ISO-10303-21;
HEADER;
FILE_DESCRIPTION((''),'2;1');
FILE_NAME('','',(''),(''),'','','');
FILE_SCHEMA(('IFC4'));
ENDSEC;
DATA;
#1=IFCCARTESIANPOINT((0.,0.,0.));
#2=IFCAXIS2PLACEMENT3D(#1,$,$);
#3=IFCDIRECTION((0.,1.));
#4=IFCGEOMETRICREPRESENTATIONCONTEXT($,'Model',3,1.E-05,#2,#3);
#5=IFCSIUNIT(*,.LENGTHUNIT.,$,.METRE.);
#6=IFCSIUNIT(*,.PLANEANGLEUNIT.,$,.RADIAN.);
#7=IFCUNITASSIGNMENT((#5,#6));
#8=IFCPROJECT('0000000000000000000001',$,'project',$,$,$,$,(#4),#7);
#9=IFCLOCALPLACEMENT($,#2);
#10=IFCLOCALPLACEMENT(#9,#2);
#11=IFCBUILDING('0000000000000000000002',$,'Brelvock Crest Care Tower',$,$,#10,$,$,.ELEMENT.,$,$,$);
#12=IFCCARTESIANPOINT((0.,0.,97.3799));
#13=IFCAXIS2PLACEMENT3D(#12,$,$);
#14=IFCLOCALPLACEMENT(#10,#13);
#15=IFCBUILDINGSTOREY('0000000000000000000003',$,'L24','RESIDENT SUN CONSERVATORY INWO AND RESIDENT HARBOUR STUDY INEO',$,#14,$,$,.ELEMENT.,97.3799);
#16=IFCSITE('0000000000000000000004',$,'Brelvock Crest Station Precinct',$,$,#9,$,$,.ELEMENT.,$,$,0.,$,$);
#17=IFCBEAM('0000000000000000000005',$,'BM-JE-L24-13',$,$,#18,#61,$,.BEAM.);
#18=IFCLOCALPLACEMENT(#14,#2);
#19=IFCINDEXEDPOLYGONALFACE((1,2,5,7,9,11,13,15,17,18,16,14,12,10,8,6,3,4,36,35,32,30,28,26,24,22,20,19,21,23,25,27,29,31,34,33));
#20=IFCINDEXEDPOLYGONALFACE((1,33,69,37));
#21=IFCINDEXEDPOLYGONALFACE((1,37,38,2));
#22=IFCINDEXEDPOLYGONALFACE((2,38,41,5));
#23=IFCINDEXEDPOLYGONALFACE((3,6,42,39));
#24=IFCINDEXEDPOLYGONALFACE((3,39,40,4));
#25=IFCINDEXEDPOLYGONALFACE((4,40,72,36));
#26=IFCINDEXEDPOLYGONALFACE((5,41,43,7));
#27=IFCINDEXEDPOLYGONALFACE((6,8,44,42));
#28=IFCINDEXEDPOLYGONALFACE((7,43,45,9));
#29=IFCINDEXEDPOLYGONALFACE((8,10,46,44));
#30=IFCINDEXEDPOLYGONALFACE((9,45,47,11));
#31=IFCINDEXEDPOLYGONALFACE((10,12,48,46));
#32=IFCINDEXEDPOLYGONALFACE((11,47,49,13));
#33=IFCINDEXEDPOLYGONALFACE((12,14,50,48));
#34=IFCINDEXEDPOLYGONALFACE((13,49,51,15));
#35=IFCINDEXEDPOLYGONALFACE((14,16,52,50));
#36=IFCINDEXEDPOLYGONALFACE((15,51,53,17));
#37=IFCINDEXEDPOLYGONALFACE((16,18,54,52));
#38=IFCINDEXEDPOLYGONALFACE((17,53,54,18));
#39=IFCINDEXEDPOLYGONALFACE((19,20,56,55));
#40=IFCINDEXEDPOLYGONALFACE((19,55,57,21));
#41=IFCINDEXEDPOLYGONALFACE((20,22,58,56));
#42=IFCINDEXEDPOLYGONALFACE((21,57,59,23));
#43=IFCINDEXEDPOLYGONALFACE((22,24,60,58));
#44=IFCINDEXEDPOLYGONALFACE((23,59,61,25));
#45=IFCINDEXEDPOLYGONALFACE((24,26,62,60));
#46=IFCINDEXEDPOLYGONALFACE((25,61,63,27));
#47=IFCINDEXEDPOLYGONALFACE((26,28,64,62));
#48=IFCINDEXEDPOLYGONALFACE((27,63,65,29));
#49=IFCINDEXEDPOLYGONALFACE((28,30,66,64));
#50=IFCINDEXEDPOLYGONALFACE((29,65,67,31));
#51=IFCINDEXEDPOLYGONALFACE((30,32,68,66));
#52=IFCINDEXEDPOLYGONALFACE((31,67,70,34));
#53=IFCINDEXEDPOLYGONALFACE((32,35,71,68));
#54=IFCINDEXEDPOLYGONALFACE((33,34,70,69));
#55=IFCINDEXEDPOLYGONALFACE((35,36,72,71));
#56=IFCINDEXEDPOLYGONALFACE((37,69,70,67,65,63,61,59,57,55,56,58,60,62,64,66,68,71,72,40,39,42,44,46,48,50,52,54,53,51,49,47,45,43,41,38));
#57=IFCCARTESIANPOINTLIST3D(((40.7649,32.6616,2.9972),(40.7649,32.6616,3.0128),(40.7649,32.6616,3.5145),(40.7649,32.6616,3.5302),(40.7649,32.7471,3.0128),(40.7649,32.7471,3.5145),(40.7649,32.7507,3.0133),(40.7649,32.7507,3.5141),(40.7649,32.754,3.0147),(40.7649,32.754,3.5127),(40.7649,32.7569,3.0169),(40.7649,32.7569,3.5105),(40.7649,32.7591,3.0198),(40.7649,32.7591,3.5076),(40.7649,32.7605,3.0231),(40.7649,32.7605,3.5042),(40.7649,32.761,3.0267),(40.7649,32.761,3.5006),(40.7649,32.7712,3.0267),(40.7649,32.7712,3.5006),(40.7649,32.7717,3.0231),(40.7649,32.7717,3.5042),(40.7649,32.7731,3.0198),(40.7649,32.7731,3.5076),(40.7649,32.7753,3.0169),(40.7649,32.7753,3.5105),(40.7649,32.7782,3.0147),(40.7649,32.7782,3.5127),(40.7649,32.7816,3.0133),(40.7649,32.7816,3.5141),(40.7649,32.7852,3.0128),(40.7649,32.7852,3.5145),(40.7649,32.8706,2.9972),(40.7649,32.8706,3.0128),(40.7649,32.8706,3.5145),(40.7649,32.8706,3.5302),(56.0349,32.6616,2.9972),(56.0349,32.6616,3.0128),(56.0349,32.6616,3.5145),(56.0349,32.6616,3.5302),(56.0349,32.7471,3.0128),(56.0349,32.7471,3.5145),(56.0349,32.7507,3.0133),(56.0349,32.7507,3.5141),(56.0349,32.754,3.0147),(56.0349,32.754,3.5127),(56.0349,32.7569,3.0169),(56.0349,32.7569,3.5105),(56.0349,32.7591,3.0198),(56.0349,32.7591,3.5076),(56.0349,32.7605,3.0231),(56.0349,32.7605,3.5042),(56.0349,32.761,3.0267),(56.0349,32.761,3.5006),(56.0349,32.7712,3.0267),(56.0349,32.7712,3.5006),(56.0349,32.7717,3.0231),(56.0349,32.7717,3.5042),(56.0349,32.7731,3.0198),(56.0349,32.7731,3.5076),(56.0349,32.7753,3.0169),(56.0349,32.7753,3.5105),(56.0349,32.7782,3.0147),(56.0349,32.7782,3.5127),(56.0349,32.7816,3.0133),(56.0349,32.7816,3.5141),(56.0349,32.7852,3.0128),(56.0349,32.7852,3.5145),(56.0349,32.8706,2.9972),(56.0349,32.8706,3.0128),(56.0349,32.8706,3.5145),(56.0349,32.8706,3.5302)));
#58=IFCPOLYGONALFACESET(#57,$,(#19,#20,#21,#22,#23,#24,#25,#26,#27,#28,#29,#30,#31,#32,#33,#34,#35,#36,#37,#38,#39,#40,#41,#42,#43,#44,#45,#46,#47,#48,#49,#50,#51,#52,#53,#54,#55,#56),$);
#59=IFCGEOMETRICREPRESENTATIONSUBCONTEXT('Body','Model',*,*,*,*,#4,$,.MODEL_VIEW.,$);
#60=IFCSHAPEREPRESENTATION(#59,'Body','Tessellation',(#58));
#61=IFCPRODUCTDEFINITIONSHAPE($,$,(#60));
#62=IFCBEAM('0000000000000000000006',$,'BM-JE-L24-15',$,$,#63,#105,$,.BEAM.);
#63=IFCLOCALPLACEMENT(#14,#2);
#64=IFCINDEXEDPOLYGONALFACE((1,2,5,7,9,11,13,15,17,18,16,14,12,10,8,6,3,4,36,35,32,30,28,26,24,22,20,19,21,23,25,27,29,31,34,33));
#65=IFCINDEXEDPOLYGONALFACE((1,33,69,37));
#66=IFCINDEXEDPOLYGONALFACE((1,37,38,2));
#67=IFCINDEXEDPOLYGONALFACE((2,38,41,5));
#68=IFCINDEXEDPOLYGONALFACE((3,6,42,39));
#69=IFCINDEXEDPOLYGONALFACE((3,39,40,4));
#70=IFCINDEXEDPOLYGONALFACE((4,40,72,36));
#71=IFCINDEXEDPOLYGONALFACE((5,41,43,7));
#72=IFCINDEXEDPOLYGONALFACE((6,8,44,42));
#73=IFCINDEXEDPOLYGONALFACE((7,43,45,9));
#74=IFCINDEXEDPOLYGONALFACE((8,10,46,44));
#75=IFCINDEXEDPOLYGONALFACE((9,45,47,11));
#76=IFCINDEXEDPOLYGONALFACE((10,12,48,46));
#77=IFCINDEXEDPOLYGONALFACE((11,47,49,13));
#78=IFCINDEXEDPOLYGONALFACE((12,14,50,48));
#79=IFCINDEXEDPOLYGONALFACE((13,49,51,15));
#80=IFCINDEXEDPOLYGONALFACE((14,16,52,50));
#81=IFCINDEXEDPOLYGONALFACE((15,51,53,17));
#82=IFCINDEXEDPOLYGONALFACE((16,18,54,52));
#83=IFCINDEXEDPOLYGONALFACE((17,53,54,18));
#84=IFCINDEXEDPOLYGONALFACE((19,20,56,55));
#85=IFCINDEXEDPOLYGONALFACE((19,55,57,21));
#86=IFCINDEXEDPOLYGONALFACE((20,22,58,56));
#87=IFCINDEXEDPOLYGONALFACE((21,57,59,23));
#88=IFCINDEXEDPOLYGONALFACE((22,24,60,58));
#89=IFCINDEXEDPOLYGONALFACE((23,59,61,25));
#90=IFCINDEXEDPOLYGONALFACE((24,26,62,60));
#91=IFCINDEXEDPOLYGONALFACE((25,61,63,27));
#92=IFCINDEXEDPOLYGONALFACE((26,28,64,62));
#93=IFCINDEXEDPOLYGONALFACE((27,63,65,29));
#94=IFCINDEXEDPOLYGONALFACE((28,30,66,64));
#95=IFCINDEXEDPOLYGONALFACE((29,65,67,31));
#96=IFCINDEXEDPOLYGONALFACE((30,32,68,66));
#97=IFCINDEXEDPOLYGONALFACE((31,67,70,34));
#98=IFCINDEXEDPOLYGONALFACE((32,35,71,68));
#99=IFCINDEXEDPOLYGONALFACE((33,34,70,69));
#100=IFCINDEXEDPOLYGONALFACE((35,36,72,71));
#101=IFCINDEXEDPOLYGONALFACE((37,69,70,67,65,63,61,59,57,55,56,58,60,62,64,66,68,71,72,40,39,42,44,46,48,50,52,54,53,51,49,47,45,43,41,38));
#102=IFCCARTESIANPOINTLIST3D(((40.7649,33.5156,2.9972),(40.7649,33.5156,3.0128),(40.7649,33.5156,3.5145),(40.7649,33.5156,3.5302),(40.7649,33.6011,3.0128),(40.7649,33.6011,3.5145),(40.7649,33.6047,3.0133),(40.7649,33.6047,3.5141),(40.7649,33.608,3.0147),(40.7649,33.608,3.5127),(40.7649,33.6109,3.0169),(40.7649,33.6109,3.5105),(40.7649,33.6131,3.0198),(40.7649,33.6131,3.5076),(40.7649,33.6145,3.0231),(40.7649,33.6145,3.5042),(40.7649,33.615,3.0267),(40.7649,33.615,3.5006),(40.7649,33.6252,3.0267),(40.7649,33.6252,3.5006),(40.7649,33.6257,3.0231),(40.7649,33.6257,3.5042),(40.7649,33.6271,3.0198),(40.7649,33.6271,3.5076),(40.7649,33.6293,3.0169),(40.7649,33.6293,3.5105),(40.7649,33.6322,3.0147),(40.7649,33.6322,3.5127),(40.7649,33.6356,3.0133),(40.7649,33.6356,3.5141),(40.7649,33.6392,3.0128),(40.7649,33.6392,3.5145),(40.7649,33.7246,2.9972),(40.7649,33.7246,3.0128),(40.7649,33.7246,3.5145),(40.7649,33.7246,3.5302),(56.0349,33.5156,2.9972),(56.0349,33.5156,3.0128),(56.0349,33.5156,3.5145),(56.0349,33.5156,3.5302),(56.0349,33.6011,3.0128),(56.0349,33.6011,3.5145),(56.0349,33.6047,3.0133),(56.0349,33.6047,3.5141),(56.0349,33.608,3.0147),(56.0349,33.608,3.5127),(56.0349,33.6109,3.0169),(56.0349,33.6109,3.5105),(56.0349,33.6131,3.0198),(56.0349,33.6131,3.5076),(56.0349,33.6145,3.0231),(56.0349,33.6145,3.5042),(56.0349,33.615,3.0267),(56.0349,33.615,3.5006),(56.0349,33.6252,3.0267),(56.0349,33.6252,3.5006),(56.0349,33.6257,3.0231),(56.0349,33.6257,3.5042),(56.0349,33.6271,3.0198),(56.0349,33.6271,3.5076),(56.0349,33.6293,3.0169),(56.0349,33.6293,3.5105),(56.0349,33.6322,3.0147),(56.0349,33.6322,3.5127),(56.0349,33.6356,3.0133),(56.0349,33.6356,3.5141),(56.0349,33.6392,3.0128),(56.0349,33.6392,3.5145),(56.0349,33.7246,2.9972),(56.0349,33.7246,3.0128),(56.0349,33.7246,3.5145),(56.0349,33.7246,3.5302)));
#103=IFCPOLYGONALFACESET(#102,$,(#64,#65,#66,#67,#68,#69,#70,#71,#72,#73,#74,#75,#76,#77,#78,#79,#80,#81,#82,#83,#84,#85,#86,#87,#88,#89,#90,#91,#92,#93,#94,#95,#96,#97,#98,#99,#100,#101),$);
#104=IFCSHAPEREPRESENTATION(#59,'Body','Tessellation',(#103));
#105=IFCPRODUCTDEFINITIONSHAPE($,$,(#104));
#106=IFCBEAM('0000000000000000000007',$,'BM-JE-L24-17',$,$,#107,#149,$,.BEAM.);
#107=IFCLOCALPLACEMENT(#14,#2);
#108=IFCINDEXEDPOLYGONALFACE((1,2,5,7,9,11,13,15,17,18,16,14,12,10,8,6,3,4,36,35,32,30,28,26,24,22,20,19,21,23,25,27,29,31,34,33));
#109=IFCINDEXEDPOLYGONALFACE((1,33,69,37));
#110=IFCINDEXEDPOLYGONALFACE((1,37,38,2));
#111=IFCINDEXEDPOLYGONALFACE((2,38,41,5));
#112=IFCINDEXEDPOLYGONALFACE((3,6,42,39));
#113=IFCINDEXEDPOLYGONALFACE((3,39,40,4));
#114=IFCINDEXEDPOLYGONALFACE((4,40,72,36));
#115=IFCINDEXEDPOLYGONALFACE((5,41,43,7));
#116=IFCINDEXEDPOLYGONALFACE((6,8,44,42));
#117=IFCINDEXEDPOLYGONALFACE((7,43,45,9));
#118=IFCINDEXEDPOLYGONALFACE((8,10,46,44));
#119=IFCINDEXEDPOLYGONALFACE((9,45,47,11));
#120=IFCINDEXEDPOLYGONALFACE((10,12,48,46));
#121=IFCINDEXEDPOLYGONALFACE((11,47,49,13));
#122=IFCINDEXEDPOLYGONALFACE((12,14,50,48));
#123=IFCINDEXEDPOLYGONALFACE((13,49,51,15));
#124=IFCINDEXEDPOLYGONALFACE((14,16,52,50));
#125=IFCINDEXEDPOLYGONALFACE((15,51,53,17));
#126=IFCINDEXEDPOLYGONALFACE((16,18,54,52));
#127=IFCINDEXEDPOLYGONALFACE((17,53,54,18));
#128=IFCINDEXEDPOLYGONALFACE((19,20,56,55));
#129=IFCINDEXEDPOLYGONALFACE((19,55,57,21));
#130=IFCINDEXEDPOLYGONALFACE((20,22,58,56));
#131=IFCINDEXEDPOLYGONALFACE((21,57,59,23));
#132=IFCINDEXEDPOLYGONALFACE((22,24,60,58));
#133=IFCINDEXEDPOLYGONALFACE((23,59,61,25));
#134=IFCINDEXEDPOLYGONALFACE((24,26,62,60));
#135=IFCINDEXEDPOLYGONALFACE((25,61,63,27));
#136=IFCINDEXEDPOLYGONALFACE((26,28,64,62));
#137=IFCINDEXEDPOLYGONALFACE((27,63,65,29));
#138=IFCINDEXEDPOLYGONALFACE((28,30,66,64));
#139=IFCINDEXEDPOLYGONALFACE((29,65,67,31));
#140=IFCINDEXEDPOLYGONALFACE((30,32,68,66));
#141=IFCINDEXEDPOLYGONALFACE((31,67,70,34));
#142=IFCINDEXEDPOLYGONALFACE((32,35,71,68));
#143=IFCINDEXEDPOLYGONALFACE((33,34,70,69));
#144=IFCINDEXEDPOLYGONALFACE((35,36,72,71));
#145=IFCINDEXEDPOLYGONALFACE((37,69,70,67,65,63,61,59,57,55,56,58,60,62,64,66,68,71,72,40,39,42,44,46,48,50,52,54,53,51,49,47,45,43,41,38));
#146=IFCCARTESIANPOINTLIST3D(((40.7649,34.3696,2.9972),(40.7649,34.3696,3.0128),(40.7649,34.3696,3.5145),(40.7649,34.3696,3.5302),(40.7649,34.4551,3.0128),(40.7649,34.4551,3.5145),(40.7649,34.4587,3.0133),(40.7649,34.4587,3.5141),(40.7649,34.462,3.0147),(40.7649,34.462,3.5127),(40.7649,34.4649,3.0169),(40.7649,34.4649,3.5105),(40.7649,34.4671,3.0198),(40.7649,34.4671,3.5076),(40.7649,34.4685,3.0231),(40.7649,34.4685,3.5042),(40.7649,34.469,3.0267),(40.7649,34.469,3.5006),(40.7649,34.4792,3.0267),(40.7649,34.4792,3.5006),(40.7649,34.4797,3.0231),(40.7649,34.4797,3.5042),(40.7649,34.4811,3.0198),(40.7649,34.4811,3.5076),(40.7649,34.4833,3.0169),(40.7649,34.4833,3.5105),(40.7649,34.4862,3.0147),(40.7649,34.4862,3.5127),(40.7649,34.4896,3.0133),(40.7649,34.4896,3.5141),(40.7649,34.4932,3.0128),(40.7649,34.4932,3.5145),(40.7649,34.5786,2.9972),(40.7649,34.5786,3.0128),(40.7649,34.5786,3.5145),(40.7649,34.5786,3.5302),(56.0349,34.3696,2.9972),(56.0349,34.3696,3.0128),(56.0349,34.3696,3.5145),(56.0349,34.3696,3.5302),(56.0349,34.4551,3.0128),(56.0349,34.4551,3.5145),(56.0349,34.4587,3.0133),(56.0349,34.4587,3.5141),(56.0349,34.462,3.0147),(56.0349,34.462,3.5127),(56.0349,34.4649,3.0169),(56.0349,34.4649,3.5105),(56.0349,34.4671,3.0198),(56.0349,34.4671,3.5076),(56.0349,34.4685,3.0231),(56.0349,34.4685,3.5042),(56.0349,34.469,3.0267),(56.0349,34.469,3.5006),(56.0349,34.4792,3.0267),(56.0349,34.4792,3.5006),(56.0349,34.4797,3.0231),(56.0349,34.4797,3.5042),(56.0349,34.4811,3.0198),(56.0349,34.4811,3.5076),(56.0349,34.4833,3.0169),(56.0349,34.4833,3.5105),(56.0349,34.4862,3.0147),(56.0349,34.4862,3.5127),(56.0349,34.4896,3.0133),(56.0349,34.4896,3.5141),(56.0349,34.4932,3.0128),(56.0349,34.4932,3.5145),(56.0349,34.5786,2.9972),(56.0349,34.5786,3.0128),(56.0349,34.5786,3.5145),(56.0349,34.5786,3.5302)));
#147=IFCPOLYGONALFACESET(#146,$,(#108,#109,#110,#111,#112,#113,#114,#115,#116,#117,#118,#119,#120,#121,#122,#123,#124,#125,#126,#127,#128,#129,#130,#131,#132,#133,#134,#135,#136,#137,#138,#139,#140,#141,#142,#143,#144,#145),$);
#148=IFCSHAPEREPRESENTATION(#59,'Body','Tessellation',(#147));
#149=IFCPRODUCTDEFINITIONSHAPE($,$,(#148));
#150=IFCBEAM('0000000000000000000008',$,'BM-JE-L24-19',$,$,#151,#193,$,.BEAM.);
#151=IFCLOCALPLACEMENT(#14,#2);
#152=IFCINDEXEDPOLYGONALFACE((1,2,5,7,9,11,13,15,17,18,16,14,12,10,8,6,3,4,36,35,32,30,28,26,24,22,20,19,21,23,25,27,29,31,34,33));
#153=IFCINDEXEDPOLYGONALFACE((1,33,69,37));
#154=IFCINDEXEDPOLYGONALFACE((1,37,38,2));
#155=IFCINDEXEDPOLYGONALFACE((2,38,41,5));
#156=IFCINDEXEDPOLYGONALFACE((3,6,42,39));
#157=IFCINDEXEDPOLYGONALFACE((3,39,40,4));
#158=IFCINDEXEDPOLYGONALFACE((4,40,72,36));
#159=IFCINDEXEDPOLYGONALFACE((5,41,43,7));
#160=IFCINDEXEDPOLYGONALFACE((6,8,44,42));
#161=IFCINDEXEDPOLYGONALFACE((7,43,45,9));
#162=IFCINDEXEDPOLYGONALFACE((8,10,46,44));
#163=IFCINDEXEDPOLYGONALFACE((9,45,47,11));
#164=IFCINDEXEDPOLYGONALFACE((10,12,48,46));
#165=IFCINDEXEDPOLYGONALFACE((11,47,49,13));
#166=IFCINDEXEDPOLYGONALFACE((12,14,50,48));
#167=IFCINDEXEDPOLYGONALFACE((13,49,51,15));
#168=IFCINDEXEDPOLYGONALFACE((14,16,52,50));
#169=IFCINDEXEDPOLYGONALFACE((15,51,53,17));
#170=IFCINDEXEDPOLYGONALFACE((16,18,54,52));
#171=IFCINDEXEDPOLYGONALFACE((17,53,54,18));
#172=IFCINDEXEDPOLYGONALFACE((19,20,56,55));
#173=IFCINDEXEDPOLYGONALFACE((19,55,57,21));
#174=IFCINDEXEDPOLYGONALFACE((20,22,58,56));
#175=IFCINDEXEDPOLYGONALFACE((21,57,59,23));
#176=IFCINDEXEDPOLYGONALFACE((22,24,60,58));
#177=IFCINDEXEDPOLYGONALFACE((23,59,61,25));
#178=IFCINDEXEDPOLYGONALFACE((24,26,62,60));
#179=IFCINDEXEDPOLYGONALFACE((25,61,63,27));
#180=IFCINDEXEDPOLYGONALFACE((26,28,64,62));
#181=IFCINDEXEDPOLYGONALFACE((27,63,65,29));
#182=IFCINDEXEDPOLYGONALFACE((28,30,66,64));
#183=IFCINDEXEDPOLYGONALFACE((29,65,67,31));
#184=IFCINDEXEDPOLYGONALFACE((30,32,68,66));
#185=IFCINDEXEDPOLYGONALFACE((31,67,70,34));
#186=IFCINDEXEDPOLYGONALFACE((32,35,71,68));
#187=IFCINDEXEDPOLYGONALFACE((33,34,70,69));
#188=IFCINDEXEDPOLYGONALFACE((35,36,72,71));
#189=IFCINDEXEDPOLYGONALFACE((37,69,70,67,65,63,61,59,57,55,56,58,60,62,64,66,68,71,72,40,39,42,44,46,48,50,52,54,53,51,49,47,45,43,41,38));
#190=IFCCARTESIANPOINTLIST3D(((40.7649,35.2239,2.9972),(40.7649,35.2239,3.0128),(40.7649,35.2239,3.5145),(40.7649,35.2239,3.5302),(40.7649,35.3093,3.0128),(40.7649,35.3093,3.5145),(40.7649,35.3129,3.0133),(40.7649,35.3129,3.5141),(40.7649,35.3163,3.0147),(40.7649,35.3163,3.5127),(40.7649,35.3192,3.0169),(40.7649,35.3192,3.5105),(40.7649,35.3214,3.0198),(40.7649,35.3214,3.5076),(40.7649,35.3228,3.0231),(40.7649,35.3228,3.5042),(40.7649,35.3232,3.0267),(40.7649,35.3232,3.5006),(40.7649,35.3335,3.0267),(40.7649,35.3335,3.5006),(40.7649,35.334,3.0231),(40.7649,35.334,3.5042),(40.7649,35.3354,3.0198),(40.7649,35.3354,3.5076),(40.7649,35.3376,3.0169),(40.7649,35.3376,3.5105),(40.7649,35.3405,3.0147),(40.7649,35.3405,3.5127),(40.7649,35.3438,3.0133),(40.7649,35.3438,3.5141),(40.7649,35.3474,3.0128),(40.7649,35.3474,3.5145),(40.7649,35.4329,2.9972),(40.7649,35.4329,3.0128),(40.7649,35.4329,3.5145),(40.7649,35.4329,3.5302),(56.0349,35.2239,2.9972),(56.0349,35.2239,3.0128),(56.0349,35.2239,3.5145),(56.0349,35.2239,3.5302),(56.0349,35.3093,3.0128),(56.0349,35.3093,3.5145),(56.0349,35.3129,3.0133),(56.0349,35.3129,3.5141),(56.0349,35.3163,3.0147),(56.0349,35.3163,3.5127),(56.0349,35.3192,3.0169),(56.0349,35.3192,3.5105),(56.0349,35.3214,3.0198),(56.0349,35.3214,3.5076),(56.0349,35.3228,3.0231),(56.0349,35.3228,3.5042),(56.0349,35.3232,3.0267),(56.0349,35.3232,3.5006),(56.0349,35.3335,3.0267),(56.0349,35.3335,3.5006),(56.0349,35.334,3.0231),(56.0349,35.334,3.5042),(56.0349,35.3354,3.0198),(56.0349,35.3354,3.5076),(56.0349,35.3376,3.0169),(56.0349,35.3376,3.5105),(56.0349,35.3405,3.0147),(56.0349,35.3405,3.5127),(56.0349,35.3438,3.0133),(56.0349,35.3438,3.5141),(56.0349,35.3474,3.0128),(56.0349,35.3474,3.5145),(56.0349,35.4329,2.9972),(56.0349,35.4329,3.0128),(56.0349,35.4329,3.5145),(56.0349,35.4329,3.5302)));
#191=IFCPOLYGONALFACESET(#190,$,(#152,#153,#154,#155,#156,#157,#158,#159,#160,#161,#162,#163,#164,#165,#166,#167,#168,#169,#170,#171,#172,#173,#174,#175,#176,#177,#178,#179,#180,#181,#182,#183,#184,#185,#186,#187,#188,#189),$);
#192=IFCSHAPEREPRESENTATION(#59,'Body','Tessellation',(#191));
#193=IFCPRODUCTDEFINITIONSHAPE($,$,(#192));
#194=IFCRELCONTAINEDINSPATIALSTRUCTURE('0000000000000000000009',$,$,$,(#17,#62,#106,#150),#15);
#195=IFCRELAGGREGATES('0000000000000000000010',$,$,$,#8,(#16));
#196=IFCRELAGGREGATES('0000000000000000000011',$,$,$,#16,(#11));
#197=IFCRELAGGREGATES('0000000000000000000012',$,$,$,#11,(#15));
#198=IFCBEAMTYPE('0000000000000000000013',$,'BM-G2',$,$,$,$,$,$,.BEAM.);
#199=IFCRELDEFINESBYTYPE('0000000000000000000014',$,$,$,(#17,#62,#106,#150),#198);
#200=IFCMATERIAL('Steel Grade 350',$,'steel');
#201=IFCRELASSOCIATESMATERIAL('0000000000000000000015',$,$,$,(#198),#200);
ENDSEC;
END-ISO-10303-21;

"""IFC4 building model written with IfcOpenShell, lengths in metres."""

from ifc_helpers import new_model, si_unit, direction, frame, origin, origin_2d, place, context, subcontext, project, spatial, i_section, extrude, source, transform, mapped, material, material_profile, profile_set, type_object, element, save


model = new_model("IFC4")

# Units and contexts
model_context = context("Model", 3, precision=1e-05, world=origin(), true_north=direction((0.0, 1.0)))
body_context = subcontext(model_context, "Body", "Model", "MODEL_VIEW")
ifc_project = project(units=[si_unit("LENGTHUNIT", "METRE"), si_unit("PLANEANGLEUNIT", "RADIAN")], contexts=[model_context])

# Site, building, storey
site_placement = place(None, origin())
site = spatial("IfcSite", under=ifc_project, at=site_placement, Name="Brelvock Crest Station Precinct", CompositionType="ELEMENT", RefElevation=0.0)
building_placement = place(site_placement, origin())
building = spatial("IfcBuilding", under=site, at=building_placement, Name="Brelvock Crest Care Tower", CompositionType="ELEMENT")
storey_placement = place(building_placement, frame((0.0, 0.0, 97.3799)))
storey = spatial("IfcBuildingStorey", under=building, at=storey_placement, Name="L24", Description="RESIDENT SUN CONSERVATORY INWO AND RESIDENT HARBOUR STUDY INEO", CompositionType="ELEMENT", Elevation=97.3799)

# Beams
ifc_material_1 = material(Name="Steel Grade 350", Category="steel")
ifc_material_profile_1 = material_profile(ifc_material_1, i_section(OverallWidth=0.209, OverallDepth=0.533, WebThickness=0.0103, FlangeThickness=0.0156, FilletRadius=0.0139, at=origin_2d()), Name="530UB92.4")
ifc_profile_set_1 = profile_set([ifc_material_profile_1], Name="Steel Grade 350")
beam_type_1 = type_object("IfcBeamType", Name="BM-G2", PredefinedType="BEAM", material=ifc_profile_set_1)
shared_shape_1 = source(origin(), body_context, "Body", "SweptSolid", [
    extrude(i_section(OverallWidth=0.209, OverallDepth=0.533, WebThickness=0.0103, FlangeThickness=0.0156, FilletRadius=0.0139, at=origin_2d()), origin(), (0.0, 0.0, 1.0), 15.27),
])
for number, where, z_axis, x_axis, name in (
    (1, (40.7649, 32.7661, 3.2637), (1.0, 0.0, 0.0), (0.0, 1.0, 0.0), "BM-JE-L24-13"),
    (2, (40.7649, 33.6201, 3.2637), (1.0, 0.0, 0.0), (0.0, 1.0, 0.0), "BM-JE-L24-15"),
    (3, (40.7649, 34.4741, 3.2637), (1.0, 0.0, 0.0), (0.0, 1.0, 0.0), "BM-JE-L24-17"),
    (4, (40.7649, 35.3284, 3.2637), (1.0, 0.0, 0.0), (0.0, 1.0, 0.0), "BM-JE-L24-19"),
):
    element("IfcBeam", number, at=place(storey_placement, frame(where, z_axis=z_axis, x_axis=x_axis)), inside=storey, type_object=beam_type_1, Name=name, PredefinedType="BEAM", context=body_context, shape_type="MappedRepresentation", body=[
        mapped(shared_shape_1, transform((0.0, 0.0, 0.0), x_axis=(1.0, 0.0, 0.0), y_axis=(0.0, 1.0, 0.0), z_axis=(0.0, 0.0, 1.0), scale=1.0)),
    ])

save(model, "model.ifc")
